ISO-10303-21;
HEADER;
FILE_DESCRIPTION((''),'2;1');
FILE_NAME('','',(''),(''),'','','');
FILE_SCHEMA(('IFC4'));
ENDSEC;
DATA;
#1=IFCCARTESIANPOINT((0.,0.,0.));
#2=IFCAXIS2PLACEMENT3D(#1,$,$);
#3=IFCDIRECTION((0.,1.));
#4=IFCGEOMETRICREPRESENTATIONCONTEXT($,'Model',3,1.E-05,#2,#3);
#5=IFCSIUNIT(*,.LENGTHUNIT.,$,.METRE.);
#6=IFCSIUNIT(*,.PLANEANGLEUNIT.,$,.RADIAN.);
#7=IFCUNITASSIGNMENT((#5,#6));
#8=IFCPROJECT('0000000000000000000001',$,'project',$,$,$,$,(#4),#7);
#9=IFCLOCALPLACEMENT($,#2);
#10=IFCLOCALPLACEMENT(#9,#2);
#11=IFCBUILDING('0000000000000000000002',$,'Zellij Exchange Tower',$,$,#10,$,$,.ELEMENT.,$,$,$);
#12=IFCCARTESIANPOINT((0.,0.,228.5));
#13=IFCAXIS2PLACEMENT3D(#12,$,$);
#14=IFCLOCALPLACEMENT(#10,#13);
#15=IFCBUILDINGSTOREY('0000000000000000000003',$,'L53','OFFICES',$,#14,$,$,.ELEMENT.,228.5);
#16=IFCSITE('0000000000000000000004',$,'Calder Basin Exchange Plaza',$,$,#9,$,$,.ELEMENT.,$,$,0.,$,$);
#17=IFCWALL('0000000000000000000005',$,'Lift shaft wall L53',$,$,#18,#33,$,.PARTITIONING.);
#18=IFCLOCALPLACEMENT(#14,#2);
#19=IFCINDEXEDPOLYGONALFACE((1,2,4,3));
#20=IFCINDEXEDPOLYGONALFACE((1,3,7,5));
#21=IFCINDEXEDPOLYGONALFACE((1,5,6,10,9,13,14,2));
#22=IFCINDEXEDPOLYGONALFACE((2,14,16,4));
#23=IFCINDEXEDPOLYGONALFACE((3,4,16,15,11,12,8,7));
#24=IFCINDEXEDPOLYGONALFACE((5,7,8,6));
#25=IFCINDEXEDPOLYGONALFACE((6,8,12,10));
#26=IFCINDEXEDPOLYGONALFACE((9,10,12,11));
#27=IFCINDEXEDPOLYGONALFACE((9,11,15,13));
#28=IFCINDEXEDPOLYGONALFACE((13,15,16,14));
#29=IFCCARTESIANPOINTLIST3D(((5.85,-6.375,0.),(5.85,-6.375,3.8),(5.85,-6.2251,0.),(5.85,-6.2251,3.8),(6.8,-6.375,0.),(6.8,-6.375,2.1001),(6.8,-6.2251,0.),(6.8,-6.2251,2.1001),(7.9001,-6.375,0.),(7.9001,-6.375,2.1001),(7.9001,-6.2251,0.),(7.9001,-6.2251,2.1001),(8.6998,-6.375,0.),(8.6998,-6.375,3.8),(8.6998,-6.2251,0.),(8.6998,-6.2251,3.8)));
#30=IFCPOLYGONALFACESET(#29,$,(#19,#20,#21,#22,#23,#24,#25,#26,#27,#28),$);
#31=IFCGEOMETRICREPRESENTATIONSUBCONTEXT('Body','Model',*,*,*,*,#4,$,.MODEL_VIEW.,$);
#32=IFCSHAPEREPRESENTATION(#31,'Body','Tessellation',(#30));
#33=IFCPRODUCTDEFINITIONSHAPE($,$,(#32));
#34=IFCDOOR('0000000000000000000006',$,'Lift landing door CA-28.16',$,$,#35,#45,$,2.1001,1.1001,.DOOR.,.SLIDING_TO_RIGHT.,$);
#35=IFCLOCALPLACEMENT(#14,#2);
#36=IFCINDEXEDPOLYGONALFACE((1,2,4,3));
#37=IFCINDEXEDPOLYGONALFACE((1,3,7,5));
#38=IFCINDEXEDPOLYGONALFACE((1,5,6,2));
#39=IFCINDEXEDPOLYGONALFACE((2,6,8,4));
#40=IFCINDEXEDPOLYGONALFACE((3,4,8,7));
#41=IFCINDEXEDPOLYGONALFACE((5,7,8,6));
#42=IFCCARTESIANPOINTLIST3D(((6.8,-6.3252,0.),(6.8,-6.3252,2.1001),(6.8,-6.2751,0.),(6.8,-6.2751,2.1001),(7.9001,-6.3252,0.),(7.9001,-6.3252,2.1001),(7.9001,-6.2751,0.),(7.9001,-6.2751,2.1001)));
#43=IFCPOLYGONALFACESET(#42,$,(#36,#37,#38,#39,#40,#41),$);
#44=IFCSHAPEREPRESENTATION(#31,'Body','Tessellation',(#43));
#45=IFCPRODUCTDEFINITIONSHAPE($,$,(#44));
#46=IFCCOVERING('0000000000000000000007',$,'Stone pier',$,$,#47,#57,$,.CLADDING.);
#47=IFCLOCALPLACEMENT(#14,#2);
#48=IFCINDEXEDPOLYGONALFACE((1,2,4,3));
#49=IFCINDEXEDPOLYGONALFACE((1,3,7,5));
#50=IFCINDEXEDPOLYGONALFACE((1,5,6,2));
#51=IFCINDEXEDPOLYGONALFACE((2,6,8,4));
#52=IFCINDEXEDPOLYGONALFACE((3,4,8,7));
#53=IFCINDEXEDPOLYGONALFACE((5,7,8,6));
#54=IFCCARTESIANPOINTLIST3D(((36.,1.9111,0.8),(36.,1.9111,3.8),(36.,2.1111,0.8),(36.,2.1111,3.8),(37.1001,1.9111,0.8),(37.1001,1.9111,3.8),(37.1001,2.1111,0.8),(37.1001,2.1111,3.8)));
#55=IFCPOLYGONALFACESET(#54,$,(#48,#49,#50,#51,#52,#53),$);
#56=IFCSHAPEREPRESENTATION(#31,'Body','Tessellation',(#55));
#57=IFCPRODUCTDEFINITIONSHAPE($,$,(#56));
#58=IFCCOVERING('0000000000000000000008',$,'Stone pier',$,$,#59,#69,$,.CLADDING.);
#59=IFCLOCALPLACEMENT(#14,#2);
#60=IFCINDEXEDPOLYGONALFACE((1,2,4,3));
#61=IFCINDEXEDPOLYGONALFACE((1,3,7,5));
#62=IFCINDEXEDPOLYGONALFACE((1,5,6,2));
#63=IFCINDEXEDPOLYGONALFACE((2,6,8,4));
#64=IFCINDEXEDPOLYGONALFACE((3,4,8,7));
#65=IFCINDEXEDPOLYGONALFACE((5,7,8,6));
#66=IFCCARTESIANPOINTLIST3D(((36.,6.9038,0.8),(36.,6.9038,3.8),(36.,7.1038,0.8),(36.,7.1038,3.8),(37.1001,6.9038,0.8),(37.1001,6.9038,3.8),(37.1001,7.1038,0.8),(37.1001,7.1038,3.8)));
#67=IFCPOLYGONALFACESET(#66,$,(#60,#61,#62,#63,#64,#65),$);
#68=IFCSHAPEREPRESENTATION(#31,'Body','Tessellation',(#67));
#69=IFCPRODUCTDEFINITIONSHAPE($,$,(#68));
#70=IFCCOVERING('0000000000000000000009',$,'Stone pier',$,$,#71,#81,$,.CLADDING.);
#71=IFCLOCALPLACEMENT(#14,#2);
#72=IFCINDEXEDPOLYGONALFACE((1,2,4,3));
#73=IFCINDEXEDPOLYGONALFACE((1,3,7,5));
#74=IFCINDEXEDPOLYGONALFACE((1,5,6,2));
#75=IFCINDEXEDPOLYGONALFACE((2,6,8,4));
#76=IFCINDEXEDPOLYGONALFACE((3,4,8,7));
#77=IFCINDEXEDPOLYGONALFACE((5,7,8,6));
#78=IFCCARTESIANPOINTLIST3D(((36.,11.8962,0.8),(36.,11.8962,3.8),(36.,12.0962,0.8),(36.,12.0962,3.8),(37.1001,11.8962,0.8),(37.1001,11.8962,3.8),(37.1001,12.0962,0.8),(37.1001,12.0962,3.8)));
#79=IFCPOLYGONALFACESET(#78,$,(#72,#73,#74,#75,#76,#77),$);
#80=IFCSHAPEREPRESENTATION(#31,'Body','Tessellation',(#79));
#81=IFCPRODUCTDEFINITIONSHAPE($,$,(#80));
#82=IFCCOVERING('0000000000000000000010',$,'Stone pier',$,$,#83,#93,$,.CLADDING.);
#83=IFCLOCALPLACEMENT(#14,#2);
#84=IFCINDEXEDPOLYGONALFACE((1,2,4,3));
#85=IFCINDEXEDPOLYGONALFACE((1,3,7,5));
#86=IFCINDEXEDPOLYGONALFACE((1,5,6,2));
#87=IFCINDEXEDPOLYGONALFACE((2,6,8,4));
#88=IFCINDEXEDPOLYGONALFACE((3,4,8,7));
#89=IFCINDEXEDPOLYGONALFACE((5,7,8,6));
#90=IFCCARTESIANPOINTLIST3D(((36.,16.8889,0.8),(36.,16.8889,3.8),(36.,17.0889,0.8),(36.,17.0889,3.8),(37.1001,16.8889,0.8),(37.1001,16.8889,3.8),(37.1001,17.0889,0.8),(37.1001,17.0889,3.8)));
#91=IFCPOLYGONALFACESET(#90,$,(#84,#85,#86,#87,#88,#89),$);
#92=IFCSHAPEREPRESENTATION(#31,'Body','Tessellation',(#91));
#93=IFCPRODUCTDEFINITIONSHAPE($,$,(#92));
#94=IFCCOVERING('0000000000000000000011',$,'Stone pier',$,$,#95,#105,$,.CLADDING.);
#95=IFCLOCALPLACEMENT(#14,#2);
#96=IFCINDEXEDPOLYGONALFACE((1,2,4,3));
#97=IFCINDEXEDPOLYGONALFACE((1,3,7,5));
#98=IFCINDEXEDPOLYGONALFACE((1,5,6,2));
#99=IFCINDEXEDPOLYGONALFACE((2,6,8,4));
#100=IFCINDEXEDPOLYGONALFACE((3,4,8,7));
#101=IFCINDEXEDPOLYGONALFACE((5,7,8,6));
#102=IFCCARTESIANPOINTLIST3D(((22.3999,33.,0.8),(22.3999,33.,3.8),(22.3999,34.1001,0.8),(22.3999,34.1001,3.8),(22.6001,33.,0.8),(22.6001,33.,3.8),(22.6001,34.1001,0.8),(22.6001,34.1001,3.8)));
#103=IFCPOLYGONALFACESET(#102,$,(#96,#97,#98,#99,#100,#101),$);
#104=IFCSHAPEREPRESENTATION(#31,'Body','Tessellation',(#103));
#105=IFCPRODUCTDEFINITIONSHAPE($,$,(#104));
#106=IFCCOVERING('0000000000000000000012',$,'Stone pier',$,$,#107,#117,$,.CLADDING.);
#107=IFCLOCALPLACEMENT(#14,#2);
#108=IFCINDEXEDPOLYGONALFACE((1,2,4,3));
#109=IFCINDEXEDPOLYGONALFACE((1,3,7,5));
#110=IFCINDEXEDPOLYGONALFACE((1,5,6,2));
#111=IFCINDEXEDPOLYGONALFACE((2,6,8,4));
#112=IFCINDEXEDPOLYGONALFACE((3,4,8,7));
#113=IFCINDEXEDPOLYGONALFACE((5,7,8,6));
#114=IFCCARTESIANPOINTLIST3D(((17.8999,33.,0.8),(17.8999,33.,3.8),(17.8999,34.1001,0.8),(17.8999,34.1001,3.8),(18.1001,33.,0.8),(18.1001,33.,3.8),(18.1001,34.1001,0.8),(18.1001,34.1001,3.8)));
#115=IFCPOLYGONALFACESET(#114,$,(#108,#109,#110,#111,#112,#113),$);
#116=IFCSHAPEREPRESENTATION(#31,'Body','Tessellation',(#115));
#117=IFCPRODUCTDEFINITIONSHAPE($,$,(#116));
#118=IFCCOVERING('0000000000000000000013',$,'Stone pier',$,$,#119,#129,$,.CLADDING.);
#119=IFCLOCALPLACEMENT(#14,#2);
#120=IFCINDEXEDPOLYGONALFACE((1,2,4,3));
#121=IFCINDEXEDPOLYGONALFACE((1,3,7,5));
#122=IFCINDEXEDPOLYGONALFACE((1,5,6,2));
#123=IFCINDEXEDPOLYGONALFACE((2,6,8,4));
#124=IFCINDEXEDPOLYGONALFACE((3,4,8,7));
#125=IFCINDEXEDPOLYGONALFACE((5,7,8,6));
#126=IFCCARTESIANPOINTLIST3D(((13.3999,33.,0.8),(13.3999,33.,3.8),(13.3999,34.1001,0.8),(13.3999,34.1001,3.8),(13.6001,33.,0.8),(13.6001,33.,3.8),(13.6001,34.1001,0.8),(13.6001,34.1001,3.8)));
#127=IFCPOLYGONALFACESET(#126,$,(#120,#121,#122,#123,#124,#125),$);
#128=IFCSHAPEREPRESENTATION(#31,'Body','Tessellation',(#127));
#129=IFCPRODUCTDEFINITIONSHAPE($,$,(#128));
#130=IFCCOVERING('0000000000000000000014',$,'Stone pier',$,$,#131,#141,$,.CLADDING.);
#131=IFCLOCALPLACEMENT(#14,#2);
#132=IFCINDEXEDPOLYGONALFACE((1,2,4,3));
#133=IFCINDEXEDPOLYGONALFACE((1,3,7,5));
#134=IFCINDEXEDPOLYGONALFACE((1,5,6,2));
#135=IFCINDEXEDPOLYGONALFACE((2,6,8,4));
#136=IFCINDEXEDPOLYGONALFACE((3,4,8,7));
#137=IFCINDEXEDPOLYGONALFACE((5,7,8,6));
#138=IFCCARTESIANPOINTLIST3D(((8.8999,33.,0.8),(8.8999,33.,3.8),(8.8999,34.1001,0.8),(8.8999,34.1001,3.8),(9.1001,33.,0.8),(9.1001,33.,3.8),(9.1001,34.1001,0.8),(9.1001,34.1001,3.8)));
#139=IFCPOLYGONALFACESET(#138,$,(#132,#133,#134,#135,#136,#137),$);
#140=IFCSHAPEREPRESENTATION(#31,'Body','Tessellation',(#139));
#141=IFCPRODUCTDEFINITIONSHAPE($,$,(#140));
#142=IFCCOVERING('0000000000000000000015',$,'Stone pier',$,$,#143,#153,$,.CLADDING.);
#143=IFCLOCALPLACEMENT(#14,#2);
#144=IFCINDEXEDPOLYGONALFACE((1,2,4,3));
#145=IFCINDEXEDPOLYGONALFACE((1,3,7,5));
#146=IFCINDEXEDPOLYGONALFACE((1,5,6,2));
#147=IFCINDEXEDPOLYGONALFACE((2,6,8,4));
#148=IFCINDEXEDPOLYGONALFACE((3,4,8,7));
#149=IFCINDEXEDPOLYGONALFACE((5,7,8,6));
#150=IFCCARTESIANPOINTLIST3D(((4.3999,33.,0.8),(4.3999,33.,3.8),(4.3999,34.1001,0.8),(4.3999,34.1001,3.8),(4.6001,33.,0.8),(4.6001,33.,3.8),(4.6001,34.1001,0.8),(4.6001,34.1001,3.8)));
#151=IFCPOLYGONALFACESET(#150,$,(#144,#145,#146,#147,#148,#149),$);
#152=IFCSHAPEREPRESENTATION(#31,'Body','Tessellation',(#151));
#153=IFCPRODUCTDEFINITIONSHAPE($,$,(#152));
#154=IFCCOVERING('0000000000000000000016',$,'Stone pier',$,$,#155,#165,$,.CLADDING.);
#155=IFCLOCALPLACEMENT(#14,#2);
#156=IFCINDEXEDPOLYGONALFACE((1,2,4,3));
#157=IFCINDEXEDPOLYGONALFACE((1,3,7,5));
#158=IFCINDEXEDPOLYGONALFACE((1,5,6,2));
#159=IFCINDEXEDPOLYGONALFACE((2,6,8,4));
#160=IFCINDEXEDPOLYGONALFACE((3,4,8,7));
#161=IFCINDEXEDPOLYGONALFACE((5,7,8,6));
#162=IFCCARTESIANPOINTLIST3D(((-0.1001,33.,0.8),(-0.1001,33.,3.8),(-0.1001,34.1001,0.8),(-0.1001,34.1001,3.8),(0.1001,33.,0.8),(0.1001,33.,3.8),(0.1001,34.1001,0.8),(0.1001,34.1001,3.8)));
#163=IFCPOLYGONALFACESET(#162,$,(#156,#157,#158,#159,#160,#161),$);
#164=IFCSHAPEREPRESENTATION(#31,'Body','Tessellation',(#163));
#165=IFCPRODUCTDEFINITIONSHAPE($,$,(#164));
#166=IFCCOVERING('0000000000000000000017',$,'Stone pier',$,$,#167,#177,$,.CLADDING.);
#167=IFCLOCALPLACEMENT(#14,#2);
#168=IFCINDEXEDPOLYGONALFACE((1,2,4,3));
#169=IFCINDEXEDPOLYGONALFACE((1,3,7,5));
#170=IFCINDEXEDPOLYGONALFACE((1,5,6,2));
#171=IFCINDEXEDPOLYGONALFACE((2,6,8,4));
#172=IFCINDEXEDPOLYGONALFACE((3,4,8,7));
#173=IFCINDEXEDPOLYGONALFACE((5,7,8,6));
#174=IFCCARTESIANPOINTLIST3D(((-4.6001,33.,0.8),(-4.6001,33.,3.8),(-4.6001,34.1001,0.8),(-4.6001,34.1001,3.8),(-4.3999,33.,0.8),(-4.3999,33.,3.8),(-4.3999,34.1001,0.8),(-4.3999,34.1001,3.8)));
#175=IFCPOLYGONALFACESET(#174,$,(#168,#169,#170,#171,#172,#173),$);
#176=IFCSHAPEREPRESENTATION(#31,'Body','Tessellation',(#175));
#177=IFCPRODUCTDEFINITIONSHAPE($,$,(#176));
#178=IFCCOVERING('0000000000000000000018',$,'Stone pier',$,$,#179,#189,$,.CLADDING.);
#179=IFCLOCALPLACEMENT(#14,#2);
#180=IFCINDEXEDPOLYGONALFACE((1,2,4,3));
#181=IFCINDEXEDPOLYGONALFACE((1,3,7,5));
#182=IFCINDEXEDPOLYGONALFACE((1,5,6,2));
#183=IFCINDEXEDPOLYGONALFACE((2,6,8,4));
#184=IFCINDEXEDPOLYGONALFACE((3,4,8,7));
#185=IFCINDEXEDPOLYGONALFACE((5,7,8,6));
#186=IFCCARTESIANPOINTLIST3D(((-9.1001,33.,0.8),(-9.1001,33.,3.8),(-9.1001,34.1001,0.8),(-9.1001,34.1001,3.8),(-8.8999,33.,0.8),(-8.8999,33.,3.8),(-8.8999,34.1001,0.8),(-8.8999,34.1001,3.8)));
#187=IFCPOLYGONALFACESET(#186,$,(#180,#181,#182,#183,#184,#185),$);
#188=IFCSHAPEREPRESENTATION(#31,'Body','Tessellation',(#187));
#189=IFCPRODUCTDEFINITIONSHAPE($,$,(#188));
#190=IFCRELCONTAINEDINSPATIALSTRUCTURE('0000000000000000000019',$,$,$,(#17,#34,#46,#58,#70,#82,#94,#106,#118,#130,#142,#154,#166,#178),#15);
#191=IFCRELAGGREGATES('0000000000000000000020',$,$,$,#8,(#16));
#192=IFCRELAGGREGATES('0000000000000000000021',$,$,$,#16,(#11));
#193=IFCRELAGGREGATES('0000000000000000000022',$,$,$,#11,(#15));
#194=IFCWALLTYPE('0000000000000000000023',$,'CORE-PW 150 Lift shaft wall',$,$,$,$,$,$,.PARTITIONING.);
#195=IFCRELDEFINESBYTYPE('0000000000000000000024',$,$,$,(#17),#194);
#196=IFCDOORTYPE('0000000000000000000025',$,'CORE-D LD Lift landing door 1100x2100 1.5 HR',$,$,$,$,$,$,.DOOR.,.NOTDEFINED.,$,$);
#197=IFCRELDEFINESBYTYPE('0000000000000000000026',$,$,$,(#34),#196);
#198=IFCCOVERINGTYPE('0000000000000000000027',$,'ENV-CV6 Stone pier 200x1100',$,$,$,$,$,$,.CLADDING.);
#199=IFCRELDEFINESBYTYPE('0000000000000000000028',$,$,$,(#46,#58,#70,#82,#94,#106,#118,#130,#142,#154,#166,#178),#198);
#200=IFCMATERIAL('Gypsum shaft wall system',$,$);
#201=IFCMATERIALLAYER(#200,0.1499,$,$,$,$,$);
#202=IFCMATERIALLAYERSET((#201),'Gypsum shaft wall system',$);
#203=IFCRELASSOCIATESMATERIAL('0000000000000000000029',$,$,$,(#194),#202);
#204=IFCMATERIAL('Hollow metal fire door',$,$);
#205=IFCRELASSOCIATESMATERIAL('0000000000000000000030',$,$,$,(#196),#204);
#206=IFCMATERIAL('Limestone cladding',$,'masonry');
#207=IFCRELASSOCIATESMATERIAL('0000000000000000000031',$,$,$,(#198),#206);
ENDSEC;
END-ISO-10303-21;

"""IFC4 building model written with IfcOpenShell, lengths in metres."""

from ifc_helpers import new_model, si_unit, direction, frame, frame_2d, origin, place, context, subcontext, project, spatial, polyline, rectangle, outline, extrude, material, layer, layer_set, type_object, element, fill, save


model = new_model("IFC4")

# Units and contexts
model_context = context("Model", 3, precision=1e-05, world=origin(), true_north=direction((0.0, 1.0)))
body_context = subcontext(model_context, "Body", "Model", "MODEL_VIEW")
ifc_project = project(units=[si_unit("LENGTHUNIT", "METRE"), si_unit("PLANEANGLEUNIT", "RADIAN")], contexts=[model_context])

# Site, building, storey
site_placement = place(None, origin())
site = spatial("IfcSite", under=ifc_project, at=site_placement, Name="Calder Basin Exchange Plaza", CompositionType="ELEMENT", RefElevation=0.0)
building_placement = place(site_placement, origin())
building = spatial("IfcBuilding", under=site, at=building_placement, Name="Zellij Exchange Tower", CompositionType="ELEMENT")
storey_placement = place(building_placement, frame((0.0, 0.0, 228.5)))
storey = spatial("IfcBuildingStorey", under=building, at=storey_placement, Name="L53", Description="OFFICES", CompositionType="ELEMENT", Elevation=228.5)

# Shared definitions
ifc_material_1 = material(Name="Gypsum shaft wall system")
ifc_layer_1 = layer(ifc_material_1, 0.1499)
ifc_layer_set_1 = layer_set([ifc_layer_1], Name="Gypsum shaft wall system")
wall_type = type_object("IfcWallType", Name="CORE-PW 150 Lift shaft wall", PredefinedType="PARTITIONING", material=ifc_layer_set_1)

# Wall, opening, door
wall_placement = place(storey_placement, frame((5.8501, -6.3, 0.0), z_axis=(0.0, 0.0, 1.0), x_axis=(1.0, 0.0, 0.0)))
wall = element("IfcWall", 1, at=wall_placement, inside=storey, type_object=wall_type, Name="Lift shaft wall L53", PredefinedType="PARTITIONING", context=body_context, shape_type="SweptSolid", body=[
    extrude(rectangle(XDim=2.8499, YDim=0.1499, at=frame_2d((1.4248, 0.0))), origin(), (0.0, 0.0, 1.0), 3.8),
])
opening_placement = place(wall_placement, frame((0.95, 0.0, 0.0)))
opening = element("IfcOpeningElement", 2, at=opening_placement, cuts=wall, PredefinedType="OPENING", context=body_context, shape_type="SweptSolid", body=[
    extrude(rectangle(XDim=1.1001, YDim=2.1001, at=frame_2d((0.55, 1.05))), frame((0.0, 0.0869, 0.0), z_axis=(0.0, -1.0, 0.0), x_axis=(1.0, 0.0, 0.0)), (0.0, 0.0, 1.0), 0.1738),
])
ifc_material_2 = material(Name="Hollow metal fire door")
door_type = type_object("IfcDoorType", Name="CORE-D LD Lift landing door 1100x2100 1.5 HR", OperationType="NOTDEFINED", PredefinedType="DOOR", material=ifc_material_2)
door_placement = place(opening_placement, origin())
door = element("IfcDoor", 3, at=door_placement, inside=storey, type_object=door_type, Name="Lift landing door CA-28.16", OperationType="SLIDING_TO_RIGHT", OverallHeight=2.1001, OverallWidth=1.1001, PredefinedType="DOOR", context=body_context, shape_type="SweptSolid", body=[
    extrude(rectangle(XDim=1.1001, YDim=2.1001, at=frame_2d((0.55, 1.05))), frame((0.0, 0.0249, 0.0), z_axis=(0.0, -1.0, 0.0), x_axis=(1.0, 0.0, 0.0)), (0.0, 0.0, 1.0), 0.05),
])
fill(opening, door)

# Coverings
ifc_material_3 = material(Name="Limestone cladding", Category="masonry")
covering_type = type_object("IfcCoveringType", Name="ENV-CV6 Stone pier 200x1100", PredefinedType="CLADDING", material=ifc_material_3)
covering_1_placement = place(storey_placement, frame((0.0, 0.0, 0.8)))
element("IfcCovering", 4, at=covering_1_placement, inside=storey, type_object=covering_type, Name="Stone pier", PredefinedType="CLADDING", context=body_context, shape_type="SweptSolid", body=[
    extrude(outline(polyline([(36.0, 1.9111), (36.0, 2.1111), (37.1001, 2.1111), (37.1001, 1.9111), (36.0, 1.9111)])), origin(), (0.0, 0.0, 1.0), 3.0),
])
covering_2_placement = place(storey_placement, frame((0.0, 0.0, 0.8)))
element("IfcCovering", 5, at=covering_2_placement, inside=storey, type_object=covering_type, Name="Stone pier", PredefinedType="CLADDING", context=body_context, shape_type="SweptSolid", body=[
    extrude(outline(polyline([(36.0, 6.9038), (36.0, 7.1038), (37.1001, 7.1038), (37.1001, 6.9038), (36.0, 6.9038)])), origin(), (0.0, 0.0, 1.0), 3.0),
])
covering_3_placement = place(storey_placement, frame((0.0, 0.0, 0.8)))
element("IfcCovering", 6, at=covering_3_placement, inside=storey, type_object=covering_type, Name="Stone pier", PredefinedType="CLADDING", context=body_context, shape_type="SweptSolid", body=[
    extrude(outline(polyline([(36.0, 11.8962), (36.0, 12.0962), (37.1001, 12.0962), (37.1001, 11.8962), (36.0, 11.8962)])), origin(), (0.0, 0.0, 1.0), 3.0),
])
covering_4_placement = place(storey_placement, frame((0.0, 0.0, 0.8)))
element("IfcCovering", 7, at=covering_4_placement, inside=storey, type_object=covering_type, Name="Stone pier", PredefinedType="CLADDING", context=body_context, shape_type="SweptSolid", body=[
    extrude(outline(polyline([(36.0, 16.8889), (36.0, 17.0889), (37.1001, 17.0889), (37.1001, 16.8889), (36.0, 16.8889)])), origin(), (0.0, 0.0, 1.0), 3.0),
])
covering_5_placement = place(storey_placement, frame((0.0, 0.0, 0.8)))
element("IfcCovering", 8, at=covering_5_placement, inside=storey, type_object=covering_type, Name="Stone pier", PredefinedType="CLADDING", context=body_context, shape_type="SweptSolid", body=[
    extrude(outline(polyline([(22.6001, 33.0), (22.3999, 33.0), (22.3999, 34.1001), (22.6001, 34.1001), (22.6001, 33.0)])), origin(), (0.0, 0.0, 1.0), 3.0),
])
covering_6_placement = place(storey_placement, frame((0.0, 0.0, 0.8)))
element("IfcCovering", 9, at=covering_6_placement, inside=storey, type_object=covering_type, Name="Stone pier", PredefinedType="CLADDING", context=body_context, shape_type="SweptSolid", body=[
    extrude(outline(polyline([(18.1001, 33.0), (17.8999, 33.0), (17.8999, 34.1001), (18.1001, 34.1001), (18.1001, 33.0)])), origin(), (0.0, 0.0, 1.0), 3.0),
])
covering_7_placement = place(storey_placement, frame((0.0, 0.0, 0.8)))
element("IfcCovering", 10, at=covering_7_placement, inside=storey, type_object=covering_type, Name="Stone pier", PredefinedType="CLADDING", context=body_context, shape_type="SweptSolid", body=[
    extrude(outline(polyline([(13.6001, 33.0), (13.3999, 33.0), (13.3999, 34.1001), (13.6001, 34.1001), (13.6001, 33.0)])), origin(), (0.0, 0.0, 1.0), 3.0),
])
covering_8_placement = place(storey_placement, frame((0.0, 0.0, 0.8)))
element("IfcCovering", 11, at=covering_8_placement, inside=storey, type_object=covering_type, Name="Stone pier", PredefinedType="CLADDING", context=body_context, shape_type="SweptSolid", body=[
    extrude(outline(polyline([(9.1001, 33.0), (8.8999, 33.0), (8.8999, 34.1001), (9.1001, 34.1001), (9.1001, 33.0)])), origin(), (0.0, 0.0, 1.0), 3.0),
])
covering_9_placement = place(storey_placement, frame((0.0, 0.0, 0.8)))
element("IfcCovering", 12, at=covering_9_placement, inside=storey, type_object=covering_type, Name="Stone pier", PredefinedType="CLADDING", context=body_context, shape_type="SweptSolid", body=[
    extrude(outline(polyline([(4.6001, 33.0), (4.3999, 33.0), (4.3999, 34.1001), (4.6001, 34.1001), (4.6001, 33.0)])), origin(), (0.0, 0.0, 1.0), 3.0),
])
covering_10_placement = place(storey_placement, frame((0.0, 0.0, 0.8)))
element("IfcCovering", 13, at=covering_10_placement, inside=storey, type_object=covering_type, Name="Stone pier", PredefinedType="CLADDING", context=body_context, shape_type="SweptSolid", body=[
    extrude(outline(polyline([(0.1001, 33.0), (-0.1001, 33.0), (-0.1001, 34.1001), (0.1001, 34.1001), (0.1001, 33.0)])), origin(), (0.0, 0.0, 1.0), 3.0),
])
covering_11_placement = place(storey_placement, frame((0.0, 0.0, 0.8)))
element("IfcCovering", 14, at=covering_11_placement, inside=storey, type_object=covering_type, Name="Stone pier", PredefinedType="CLADDING", context=body_context, shape_type="SweptSolid", body=[
    extrude(outline(polyline([(-4.3999, 33.0), (-4.6001, 33.0), (-4.6001, 34.1001), (-4.3999, 34.1001), (-4.3999, 33.0)])), origin(), (0.0, 0.0, 1.0), 3.0),
])
covering_12_placement = place(storey_placement, frame((0.0, 0.0, 0.8)))
element("IfcCovering", 15, at=covering_12_placement, inside=storey, type_object=covering_type, Name="Stone pier", PredefinedType="CLADDING", context=body_context, shape_type="SweptSolid", body=[
    extrude(outline(polyline([(-8.8999, 33.0), (-9.1001, 33.0), (-9.1001, 34.1001), (-8.8999, 34.1001), (-8.8999, 33.0)])), origin(), (0.0, 0.0, 1.0), 3.0),
])

save(model, "model.ifc")
